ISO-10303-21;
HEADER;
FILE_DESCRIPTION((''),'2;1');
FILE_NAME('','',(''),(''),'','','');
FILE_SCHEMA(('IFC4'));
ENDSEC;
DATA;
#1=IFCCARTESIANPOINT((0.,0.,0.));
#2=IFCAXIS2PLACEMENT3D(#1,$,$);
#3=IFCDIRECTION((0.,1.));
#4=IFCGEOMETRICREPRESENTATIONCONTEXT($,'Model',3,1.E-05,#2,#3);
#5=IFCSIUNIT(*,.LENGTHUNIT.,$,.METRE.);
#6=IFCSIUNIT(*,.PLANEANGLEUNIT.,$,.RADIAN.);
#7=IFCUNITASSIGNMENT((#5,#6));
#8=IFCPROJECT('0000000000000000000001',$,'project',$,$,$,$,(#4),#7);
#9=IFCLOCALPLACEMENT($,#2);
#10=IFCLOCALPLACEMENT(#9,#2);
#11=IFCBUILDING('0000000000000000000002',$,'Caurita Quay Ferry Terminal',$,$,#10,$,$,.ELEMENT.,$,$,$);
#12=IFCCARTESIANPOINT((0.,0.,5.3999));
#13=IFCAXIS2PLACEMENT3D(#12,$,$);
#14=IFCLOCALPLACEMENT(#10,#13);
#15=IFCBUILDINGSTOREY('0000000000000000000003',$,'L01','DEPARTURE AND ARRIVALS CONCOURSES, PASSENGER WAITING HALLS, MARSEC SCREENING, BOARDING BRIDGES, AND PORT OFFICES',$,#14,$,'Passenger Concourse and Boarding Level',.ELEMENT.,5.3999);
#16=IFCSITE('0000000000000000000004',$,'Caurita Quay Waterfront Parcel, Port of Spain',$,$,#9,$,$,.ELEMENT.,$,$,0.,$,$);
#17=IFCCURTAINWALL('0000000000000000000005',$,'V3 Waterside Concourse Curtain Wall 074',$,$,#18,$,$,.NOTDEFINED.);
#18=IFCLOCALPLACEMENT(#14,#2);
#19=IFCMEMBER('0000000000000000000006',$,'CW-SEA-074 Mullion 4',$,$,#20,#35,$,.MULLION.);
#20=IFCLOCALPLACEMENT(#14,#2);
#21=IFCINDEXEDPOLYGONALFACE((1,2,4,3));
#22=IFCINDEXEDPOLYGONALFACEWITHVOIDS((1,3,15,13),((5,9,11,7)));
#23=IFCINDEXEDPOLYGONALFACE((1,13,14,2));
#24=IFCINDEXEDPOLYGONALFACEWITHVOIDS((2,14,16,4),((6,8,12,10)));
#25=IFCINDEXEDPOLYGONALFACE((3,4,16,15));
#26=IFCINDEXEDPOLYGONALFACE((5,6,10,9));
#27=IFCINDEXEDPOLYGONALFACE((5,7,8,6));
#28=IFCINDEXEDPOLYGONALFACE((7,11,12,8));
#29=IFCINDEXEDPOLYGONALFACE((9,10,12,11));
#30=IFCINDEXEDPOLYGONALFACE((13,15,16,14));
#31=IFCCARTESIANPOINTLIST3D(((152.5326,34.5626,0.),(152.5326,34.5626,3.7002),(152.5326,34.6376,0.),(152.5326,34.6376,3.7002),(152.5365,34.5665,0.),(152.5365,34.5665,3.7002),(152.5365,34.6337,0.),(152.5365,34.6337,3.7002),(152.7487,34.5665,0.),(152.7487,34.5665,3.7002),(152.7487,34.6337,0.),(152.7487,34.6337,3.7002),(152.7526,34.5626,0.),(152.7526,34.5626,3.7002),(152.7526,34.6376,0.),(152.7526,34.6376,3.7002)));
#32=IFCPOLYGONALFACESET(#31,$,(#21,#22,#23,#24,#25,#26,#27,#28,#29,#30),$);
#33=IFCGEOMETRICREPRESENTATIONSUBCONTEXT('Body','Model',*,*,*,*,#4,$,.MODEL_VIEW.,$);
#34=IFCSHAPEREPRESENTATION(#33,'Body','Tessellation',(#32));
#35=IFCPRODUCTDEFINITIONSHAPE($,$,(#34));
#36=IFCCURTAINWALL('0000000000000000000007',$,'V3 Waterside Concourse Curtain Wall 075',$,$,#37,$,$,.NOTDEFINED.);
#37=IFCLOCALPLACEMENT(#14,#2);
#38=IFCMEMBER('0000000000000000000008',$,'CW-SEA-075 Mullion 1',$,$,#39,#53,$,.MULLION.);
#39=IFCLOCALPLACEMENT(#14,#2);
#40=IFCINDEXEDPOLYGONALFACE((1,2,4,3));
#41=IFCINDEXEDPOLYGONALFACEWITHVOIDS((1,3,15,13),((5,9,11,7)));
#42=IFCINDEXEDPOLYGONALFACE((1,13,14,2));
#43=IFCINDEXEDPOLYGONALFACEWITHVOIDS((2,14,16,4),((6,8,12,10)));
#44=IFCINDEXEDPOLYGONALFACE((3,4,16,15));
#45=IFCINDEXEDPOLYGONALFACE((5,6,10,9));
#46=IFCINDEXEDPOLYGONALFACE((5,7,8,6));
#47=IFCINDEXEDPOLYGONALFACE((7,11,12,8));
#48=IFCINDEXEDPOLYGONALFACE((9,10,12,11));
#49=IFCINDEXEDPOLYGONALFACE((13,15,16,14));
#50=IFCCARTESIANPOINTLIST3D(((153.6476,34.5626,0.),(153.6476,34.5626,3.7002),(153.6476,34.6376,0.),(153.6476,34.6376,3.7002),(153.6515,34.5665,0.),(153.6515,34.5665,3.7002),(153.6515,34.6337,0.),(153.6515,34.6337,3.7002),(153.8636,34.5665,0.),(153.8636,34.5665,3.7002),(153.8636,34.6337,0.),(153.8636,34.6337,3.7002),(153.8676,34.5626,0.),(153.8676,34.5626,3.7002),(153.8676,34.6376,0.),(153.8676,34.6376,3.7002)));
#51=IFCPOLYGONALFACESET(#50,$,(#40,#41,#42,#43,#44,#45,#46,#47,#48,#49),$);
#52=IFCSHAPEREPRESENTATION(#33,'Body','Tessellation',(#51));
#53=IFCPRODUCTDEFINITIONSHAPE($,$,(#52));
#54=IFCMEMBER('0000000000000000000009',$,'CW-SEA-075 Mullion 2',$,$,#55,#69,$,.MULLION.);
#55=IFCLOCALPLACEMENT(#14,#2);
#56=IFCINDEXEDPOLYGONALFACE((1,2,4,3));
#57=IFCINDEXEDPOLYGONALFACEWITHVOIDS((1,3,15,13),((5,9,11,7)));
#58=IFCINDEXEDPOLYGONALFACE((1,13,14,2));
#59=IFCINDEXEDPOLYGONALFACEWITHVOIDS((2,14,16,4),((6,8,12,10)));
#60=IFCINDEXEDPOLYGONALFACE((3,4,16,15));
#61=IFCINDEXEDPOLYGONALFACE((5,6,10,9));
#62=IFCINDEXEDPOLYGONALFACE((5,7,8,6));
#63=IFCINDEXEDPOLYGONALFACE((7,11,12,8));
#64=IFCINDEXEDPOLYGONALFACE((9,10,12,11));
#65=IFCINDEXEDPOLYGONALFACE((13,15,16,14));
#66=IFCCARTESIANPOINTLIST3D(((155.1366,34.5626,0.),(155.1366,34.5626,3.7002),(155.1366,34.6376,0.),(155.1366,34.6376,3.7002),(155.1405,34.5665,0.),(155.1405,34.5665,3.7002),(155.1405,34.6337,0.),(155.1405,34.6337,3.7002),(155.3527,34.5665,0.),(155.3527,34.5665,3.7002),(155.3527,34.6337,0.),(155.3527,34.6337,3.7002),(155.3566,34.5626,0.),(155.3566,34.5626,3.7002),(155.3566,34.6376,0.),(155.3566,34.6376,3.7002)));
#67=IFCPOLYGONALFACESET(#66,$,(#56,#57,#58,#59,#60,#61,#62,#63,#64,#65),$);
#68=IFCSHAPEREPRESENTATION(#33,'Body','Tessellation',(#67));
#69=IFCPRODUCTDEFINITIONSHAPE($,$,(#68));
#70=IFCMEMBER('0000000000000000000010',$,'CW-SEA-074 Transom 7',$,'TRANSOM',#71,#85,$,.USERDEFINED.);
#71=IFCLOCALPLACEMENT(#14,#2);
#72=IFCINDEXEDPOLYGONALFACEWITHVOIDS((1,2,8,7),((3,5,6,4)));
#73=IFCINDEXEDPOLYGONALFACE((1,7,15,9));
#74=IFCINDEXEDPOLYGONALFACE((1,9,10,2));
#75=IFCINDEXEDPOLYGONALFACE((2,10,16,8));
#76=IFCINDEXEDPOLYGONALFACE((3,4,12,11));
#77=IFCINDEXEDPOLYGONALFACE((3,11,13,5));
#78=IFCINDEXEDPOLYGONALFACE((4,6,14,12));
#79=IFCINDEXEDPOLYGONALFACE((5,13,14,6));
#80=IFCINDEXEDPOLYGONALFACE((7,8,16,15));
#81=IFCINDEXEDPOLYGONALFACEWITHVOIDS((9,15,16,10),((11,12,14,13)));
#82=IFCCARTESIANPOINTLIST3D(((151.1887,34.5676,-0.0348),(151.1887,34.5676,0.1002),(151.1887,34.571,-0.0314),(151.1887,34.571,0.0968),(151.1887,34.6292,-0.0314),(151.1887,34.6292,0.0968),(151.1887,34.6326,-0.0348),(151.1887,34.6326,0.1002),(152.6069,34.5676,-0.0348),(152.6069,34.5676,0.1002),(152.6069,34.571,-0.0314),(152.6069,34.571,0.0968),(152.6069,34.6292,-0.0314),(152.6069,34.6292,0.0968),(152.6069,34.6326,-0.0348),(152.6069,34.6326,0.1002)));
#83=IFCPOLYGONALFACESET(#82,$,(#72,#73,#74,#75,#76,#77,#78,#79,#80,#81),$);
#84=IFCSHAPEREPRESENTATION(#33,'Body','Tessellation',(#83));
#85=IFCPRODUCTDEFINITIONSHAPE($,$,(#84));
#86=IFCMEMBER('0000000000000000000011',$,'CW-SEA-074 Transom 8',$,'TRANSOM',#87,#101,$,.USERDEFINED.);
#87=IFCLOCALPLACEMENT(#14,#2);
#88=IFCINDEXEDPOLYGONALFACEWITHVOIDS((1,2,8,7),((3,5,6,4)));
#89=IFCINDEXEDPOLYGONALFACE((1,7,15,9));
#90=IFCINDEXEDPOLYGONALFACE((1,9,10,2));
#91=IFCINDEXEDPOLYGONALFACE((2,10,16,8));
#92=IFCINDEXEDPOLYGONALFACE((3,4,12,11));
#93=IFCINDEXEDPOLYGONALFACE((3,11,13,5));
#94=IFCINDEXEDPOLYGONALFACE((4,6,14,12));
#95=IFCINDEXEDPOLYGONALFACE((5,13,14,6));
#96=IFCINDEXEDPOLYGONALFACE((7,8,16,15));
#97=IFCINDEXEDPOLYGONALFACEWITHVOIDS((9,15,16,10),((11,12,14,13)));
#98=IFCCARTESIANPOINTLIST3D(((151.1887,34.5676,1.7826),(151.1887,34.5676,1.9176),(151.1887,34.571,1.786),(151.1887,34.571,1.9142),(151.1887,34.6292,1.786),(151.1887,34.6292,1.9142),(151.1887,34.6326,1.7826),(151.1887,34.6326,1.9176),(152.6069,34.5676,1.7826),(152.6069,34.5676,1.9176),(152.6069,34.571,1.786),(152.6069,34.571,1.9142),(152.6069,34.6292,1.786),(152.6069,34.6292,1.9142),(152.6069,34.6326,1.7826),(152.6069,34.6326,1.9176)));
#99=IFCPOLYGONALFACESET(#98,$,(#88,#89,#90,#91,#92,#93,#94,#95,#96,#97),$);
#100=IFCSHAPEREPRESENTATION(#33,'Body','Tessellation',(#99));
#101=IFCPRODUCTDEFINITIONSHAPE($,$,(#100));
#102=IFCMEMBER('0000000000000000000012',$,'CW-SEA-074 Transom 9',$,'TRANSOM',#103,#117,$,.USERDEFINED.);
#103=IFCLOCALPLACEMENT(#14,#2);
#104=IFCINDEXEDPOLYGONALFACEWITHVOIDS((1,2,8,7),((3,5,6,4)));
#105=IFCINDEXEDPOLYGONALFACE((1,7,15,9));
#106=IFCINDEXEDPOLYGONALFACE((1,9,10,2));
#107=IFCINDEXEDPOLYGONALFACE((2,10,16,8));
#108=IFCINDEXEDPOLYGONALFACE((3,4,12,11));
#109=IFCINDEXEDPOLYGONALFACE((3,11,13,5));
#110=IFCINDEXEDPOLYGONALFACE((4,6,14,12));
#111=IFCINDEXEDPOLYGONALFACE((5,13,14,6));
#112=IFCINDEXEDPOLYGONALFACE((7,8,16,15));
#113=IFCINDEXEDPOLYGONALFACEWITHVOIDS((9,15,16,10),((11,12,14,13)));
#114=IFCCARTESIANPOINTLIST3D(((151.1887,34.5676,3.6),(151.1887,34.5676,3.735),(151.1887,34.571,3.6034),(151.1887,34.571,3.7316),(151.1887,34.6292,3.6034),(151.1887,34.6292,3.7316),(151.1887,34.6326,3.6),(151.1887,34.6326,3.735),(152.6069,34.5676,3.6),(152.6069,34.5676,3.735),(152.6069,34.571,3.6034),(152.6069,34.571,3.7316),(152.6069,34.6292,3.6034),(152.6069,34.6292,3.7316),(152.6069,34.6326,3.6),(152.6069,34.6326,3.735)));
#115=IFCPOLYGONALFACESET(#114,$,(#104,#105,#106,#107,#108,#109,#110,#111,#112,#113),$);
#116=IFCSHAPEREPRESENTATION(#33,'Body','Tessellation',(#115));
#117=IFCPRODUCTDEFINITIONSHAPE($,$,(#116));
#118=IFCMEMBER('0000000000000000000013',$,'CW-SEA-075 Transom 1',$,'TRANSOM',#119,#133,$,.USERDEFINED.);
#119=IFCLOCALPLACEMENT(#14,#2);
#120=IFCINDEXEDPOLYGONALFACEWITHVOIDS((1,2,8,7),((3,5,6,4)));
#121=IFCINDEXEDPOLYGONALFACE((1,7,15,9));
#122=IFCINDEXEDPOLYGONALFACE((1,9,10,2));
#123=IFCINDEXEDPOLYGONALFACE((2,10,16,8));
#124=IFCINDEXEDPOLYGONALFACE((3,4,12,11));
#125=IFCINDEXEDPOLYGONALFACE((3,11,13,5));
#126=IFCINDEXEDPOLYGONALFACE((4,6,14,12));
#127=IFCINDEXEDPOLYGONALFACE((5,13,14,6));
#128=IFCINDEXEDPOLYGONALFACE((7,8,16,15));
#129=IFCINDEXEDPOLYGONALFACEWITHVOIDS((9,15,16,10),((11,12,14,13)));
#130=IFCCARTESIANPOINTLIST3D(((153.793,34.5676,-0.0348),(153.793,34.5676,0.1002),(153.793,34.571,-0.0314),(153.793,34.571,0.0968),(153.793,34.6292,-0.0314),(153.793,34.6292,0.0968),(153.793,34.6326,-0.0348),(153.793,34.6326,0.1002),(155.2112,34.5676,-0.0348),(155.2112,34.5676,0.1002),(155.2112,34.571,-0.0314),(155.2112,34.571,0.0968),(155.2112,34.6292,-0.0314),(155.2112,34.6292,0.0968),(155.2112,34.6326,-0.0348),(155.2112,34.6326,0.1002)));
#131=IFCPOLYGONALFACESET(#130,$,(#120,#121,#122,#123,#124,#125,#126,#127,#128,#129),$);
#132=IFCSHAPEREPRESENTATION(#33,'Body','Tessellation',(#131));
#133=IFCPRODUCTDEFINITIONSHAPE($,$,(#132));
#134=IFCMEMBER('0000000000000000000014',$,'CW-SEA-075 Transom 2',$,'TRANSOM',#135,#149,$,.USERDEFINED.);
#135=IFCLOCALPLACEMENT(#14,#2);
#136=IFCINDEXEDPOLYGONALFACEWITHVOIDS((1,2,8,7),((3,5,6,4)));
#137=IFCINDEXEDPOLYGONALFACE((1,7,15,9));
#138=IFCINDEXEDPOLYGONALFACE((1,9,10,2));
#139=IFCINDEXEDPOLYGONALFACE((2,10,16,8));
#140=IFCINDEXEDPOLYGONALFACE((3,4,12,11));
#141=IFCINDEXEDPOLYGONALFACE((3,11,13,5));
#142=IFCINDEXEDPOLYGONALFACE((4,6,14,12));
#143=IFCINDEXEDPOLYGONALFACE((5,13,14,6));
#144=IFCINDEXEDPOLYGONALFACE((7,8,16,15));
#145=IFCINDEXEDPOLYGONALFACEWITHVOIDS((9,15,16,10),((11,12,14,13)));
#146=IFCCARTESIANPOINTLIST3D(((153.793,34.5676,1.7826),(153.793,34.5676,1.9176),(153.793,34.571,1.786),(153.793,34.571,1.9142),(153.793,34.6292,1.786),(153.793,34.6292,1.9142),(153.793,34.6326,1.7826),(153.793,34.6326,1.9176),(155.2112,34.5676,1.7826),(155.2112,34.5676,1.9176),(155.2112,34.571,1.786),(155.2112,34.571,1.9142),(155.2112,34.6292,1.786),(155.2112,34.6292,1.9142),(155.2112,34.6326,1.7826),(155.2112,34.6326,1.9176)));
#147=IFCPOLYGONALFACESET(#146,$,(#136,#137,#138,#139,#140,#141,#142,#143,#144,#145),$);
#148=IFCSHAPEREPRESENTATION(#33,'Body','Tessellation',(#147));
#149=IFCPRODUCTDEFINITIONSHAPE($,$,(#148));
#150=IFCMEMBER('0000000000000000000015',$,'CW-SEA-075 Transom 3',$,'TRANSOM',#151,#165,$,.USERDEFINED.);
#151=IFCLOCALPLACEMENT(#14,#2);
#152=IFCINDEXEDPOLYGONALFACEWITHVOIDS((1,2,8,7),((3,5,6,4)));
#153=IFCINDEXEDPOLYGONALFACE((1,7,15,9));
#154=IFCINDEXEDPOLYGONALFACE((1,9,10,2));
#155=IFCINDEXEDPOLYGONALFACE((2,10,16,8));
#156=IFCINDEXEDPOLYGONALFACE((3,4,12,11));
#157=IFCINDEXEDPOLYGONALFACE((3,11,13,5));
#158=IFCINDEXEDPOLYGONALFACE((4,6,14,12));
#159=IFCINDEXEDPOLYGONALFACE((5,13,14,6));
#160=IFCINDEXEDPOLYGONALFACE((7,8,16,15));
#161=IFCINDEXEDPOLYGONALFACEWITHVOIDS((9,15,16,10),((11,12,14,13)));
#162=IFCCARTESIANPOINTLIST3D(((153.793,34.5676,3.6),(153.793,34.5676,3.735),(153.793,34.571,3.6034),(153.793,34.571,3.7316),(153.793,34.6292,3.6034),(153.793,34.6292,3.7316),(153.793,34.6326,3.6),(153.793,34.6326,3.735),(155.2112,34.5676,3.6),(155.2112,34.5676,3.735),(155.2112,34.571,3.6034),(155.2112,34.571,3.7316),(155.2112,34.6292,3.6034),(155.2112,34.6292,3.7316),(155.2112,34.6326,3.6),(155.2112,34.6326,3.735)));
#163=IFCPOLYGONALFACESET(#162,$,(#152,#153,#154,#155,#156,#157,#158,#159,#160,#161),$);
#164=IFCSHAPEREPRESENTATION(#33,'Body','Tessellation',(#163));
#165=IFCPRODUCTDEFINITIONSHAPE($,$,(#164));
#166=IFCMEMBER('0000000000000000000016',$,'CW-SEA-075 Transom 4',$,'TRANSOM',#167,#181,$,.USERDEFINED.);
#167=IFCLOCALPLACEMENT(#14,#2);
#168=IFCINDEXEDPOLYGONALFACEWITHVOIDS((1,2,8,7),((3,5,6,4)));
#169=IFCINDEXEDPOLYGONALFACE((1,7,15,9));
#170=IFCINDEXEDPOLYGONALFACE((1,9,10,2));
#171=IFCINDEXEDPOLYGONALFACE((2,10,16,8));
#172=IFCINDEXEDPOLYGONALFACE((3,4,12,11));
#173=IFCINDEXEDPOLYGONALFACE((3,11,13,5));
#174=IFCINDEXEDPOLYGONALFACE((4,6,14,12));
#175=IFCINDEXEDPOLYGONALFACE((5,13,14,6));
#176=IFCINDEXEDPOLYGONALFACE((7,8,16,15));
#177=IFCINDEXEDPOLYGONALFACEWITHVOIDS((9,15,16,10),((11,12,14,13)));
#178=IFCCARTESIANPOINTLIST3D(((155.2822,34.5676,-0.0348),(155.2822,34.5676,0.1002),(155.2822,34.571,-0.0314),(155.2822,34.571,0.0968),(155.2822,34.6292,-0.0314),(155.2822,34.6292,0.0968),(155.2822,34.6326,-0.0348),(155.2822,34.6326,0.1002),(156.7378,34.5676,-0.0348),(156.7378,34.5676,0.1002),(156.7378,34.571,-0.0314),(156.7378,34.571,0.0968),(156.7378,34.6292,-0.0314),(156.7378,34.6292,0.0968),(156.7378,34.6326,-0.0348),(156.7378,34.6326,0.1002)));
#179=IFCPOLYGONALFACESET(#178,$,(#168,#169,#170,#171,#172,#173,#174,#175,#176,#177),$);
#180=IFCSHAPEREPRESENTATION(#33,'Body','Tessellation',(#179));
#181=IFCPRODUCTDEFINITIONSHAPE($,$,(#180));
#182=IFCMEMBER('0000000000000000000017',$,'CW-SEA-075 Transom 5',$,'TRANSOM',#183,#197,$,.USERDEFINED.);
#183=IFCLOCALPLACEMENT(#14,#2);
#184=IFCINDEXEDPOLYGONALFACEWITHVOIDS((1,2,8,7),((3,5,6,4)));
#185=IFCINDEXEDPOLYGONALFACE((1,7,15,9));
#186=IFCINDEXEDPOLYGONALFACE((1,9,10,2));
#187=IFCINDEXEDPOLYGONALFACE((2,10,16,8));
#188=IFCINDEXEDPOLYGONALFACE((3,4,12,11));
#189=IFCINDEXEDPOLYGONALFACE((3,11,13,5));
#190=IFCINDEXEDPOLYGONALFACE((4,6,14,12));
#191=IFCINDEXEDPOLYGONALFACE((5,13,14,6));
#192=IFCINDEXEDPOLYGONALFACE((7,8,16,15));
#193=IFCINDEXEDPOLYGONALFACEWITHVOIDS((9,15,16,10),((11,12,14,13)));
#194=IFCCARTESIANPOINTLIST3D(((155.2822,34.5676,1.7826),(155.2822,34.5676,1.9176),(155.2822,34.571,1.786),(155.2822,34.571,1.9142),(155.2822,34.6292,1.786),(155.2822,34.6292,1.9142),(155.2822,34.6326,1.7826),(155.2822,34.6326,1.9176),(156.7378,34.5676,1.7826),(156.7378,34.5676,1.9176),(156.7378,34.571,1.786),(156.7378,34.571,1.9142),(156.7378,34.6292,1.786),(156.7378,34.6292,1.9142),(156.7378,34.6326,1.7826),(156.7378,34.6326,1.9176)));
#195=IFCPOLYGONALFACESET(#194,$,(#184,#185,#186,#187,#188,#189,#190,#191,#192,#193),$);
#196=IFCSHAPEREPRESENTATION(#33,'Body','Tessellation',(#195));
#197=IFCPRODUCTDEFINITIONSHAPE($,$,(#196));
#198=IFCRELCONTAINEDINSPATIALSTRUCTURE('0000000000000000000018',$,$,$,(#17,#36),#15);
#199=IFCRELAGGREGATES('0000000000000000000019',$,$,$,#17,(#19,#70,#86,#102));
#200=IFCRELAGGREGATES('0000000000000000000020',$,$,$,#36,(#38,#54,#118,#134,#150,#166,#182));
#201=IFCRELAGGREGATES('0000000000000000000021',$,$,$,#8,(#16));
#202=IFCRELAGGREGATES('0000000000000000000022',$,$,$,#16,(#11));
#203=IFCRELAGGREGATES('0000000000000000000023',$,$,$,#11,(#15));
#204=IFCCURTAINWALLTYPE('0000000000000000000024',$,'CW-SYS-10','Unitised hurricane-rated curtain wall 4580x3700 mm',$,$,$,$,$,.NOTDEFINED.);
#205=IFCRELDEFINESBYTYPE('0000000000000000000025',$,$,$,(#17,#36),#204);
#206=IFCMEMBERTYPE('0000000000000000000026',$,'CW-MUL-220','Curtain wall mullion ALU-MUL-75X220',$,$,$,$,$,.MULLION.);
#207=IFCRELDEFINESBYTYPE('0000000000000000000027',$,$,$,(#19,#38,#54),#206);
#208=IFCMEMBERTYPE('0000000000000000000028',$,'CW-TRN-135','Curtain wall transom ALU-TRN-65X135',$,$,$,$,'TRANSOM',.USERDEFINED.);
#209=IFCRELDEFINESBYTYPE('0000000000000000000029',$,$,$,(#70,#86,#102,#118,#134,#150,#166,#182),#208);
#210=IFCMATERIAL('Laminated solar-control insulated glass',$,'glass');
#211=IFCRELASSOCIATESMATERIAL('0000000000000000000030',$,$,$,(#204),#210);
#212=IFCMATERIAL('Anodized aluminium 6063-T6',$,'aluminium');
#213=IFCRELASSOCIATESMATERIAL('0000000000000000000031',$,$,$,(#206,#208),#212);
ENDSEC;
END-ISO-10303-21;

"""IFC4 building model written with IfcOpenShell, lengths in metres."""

from ifc_helpers import new_model, si_unit, direction, frame, origin, origin_2d, place, context, subcontext, project, spatial, hollow_rectangle, extrude, material, material_profile, profile_set, type_object, element, aggregate, save


model = new_model("IFC4")

# Units and contexts
model_context = context("Model", 3, precision=1e-05, world=origin(), true_north=direction((0.0, 1.0)))
body_context = subcontext(model_context, "Body", "Model", "MODEL_VIEW")
ifc_project = project(units=[si_unit("LENGTHUNIT", "METRE"), si_unit("PLANEANGLEUNIT", "RADIAN")], contexts=[model_context])

# Site, building, storey
site_placement = place(None, origin())
site = spatial("IfcSite", under=ifc_project, at=site_placement, Name="Caurita Quay Waterfront Parcel, Port of Spain", CompositionType="ELEMENT", RefElevation=0.0)
building_placement = place(site_placement, origin())
building = spatial("IfcBuilding", under=site, at=building_placement, Name="Caurita Quay Ferry Terminal", CompositionType="ELEMENT")
storey_placement = place(building_placement, frame((0.0, 0.0, 5.3999)))
storey = spatial("IfcBuildingStorey", under=building, at=storey_placement, Name="L01", Description="DEPARTURE AND ARRIVALS CONCOURSES, PASSENGER WAITING HALLS, MARSEC SCREENING, BOARDING BRIDGES, AND PORT OFFICES", LongName="Passenger Concourse and Boarding Level", CompositionType="ELEMENT", Elevation=5.3999)

# Curtain wall, member
ifc_material_1 = material(Name="Laminated solar-control insulated glass", Category="glass")
curtain_wall_type = type_object("IfcCurtainWallType", Name="CW-SYS-10", Description="Unitised hurricane-rated curtain wall 4580x3700 mm", PredefinedType="NOTDEFINED", material=ifc_material_1)
curtain_wall_1_placement = place(storey_placement, origin())
curtain_wall_1 = element("IfcCurtainWall", 1, at=curtain_wall_1_placement, inside=storey, type_object=curtain_wall_type, Name="V3 Waterside Concourse Curtain Wall 074", PredefinedType="NOTDEFINED")
ifc_material_2 = material(Name="Anodized aluminium 6063-T6", Category="aluminium")
ifc_material_profile_1 = material_profile(ifc_material_2, hollow_rectangle(XDim=0.075, YDim=0.22, WallThickness=0.0039, at=origin_2d()), Name="ALU-MUL-75X220")
ifc_profile_set_1 = profile_set([ifc_material_profile_1], Name="Anodized aluminium 6063-T6")
member_type_1 = type_object("IfcMemberType", Name="CW-MUL-220", Description="Curtain wall mullion ALU-MUL-75X220", PredefinedType="MULLION", material=ifc_profile_set_1)
member_1_placement = place(storey_placement, frame((152.6426, 34.6001, 0.0), z_axis=(0.0, 0.0, 1.0), x_axis=(0.0, 1.0, 0.0)))
member_1 = element("IfcMember", 2, at=member_1_placement, type_object=member_type_1, Name="CW-SEA-074 Mullion 4", PredefinedType="MULLION", context=body_context, shape_type="SweptSolid", body=[
    extrude(hollow_rectangle(XDim=0.075, YDim=0.22, WallThickness=0.0039, at=origin_2d()), origin(), (0.0, 0.0, 1.0), 3.7002),
])

# Curtain wall, members
curtain_wall_2_placement = place(storey_placement, origin())
curtain_wall_2 = element("IfcCurtainWall", 3, at=curtain_wall_2_placement, inside=storey, type_object=curtain_wall_type, Name="V3 Waterside Concourse Curtain Wall 075", PredefinedType="NOTDEFINED")
member_2_placement = place(storey_placement, frame((153.7576, 34.6001, 0.0), z_axis=(0.0, 0.0, 1.0), x_axis=(0.0, 1.0, 0.0)))
member_2 = element("IfcMember", 4, at=member_2_placement, type_object=member_type_1, Name="CW-SEA-075 Mullion 1", PredefinedType="MULLION", context=body_context, shape_type="SweptSolid", body=[
    extrude(hollow_rectangle(XDim=0.075, YDim=0.22, WallThickness=0.0039, at=origin_2d()), origin(), (0.0, 0.0, 1.0), 3.7002),
])
member_3_placement = place(storey_placement, frame((155.2466, 34.6001, 0.0), z_axis=(0.0, 0.0, 1.0), x_axis=(0.0, 1.0, 0.0)))
member_3 = element("IfcMember", 5, at=member_3_placement, type_object=member_type_1, Name="CW-SEA-075 Mullion 2", PredefinedType="MULLION", context=body_context, shape_type="SweptSolid", body=[
    extrude(hollow_rectangle(XDim=0.075, YDim=0.22, WallThickness=0.0039, at=origin_2d()), origin(), (0.0, 0.0, 1.0), 3.7002),
])

# Members
ifc_material_profile_2 = material_profile(ifc_material_2, hollow_rectangle(XDim=0.0649, YDim=0.135, WallThickness=0.0034, at=origin_2d()), Name="ALU-TRN-65X135")
ifc_profile_set_2 = profile_set([ifc_material_profile_2], Name="Anodized aluminium 6063-T6")
member_type_2 = type_object("IfcMemberType", Name="CW-TRN-135", Description="Curtain wall transom ALU-TRN-65X135", ElementType="TRANSOM", PredefinedType="USERDEFINED", material=ifc_profile_set_2)
member_4_placement = place(storey_placement, frame((151.1887, 34.6001, 0.0327), z_axis=(1.0, 0.0, 0.0), x_axis=(0.0, 1.0, 0.0)))
member_4 = element("IfcMember", 6, at=member_4_placement, type_object=member_type_2, Name="CW-SEA-074 Transom 7", ObjectType="TRANSOM", PredefinedType="USERDEFINED", context=body_context, shape_type="SweptSolid", body=[
    extrude(hollow_rectangle(XDim=0.0649, YDim=0.135, WallThickness=0.0034, at=origin_2d()), origin(), (0.0, 0.0, 1.0), 1.4182),
])
member_5_placement = place(storey_placement, frame((151.1887, 34.6001, 1.8501), z_axis=(1.0, 0.0, 0.0), x_axis=(0.0, 1.0, 0.0)))
member_5 = element("IfcMember", 7, at=member_5_placement, type_object=member_type_2, Name="CW-SEA-074 Transom 8", ObjectType="TRANSOM", PredefinedType="USERDEFINED", context=body_context, shape_type="SweptSolid", body=[
    extrude(hollow_rectangle(XDim=0.0649, YDim=0.135, WallThickness=0.0034, at=origin_2d()), origin(), (0.0, 0.0, 1.0), 1.4182),
])
member_6_placement = place(storey_placement, frame((151.1887, 34.6001, 3.6675), z_axis=(1.0, 0.0, 0.0), x_axis=(0.0, 1.0, 0.0)))
member_6 = element("IfcMember", 8, at=member_6_placement, type_object=member_type_2, Name="CW-SEA-074 Transom 9", ObjectType="TRANSOM", PredefinedType="USERDEFINED", context=body_context, shape_type="SweptSolid", body=[
    extrude(hollow_rectangle(XDim=0.0649, YDim=0.135, WallThickness=0.0034, at=origin_2d()), origin(), (0.0, 0.0, 1.0), 1.4182),
])
member_7_placement = place(storey_placement, frame((153.793, 34.6001, 0.0327), z_axis=(1.0, 0.0, 0.0), x_axis=(0.0, 1.0, 0.0)))
member_7 = element("IfcMember", 9, at=member_7_placement, type_object=member_type_2, Name="CW-SEA-075 Transom 1", ObjectType="TRANSOM", PredefinedType="USERDEFINED", context=body_context, shape_type="SweptSolid", body=[
    extrude(hollow_rectangle(XDim=0.0649, YDim=0.135, WallThickness=0.0034, at=origin_2d()), origin(), (0.0, 0.0, 1.0), 1.4182),
])
member_8_placement = place(storey_placement, frame((153.793, 34.6001, 1.8501), z_axis=(1.0, 0.0, 0.0), x_axis=(0.0, 1.0, 0.0)))
member_8 = element("IfcMember", 10, at=member_8_placement, type_object=member_type_2, Name="CW-SEA-075 Transom 2", ObjectType="TRANSOM", PredefinedType="USERDEFINED", context=body_context, shape_type="SweptSolid", body=[
    extrude(hollow_rectangle(XDim=0.0649, YDim=0.135, WallThickness=0.0034, at=origin_2d()), origin(), (0.0, 0.0, 1.0), 1.4182),
])
member_9_placement = place(storey_placement, frame((153.793, 34.6001, 3.6675), z_axis=(1.0, 0.0, 0.0), x_axis=(0.0, 1.0, 0.0)))
member_9 = element("IfcMember", 11, at=member_9_placement, type_object=member_type_2, Name="CW-SEA-075 Transom 3", ObjectType="TRANSOM", PredefinedType="USERDEFINED", context=body_context, shape_type="SweptSolid", body=[
    extrude(hollow_rectangle(XDim=0.0649, YDim=0.135, WallThickness=0.0034, at=origin_2d()), origin(), (0.0, 0.0, 1.0), 1.4182),
])
member_10_placement = place(storey_placement, frame((155.2822, 34.6001, 0.0327), z_axis=(1.0, 0.0, 0.0), x_axis=(0.0, 1.0, 0.0)))
member_10 = element("IfcMember", 12, at=member_10_placement, type_object=member_type_2, Name="CW-SEA-075 Transom 4", ObjectType="TRANSOM", PredefinedType="USERDEFINED", context=body_context, shape_type="SweptSolid", body=[
    extrude(hollow_rectangle(XDim=0.0649, YDim=0.135, WallThickness=0.0034, at=origin_2d()), origin(), (0.0, 0.0, 1.0), 1.4556),
])
member_11_placement = place(storey_placement, frame((155.2822, 34.6001, 1.8501), z_axis=(1.0, 0.0, 0.0), x_axis=(0.0, 1.0, 0.0)))
member_11 = element("IfcMember", 13, at=member_11_placement, type_object=member_type_2, Name="CW-SEA-075 Transom 5", ObjectType="TRANSOM", PredefinedType="USERDEFINED", context=body_context, shape_type="SweptSolid", body=[
    extrude(hollow_rectangle(XDim=0.0649, YDim=0.135, WallThickness=0.0034, at=origin_2d()), origin(), (0.0, 0.0, 1.0), 1.4556),
])

aggregate(curtain_wall_1, [member_1, member_4, member_5, member_6])
aggregate(curtain_wall_2, [member_2, member_3, member_7, member_8, member_9, member_10, member_11])

save(model, "model.ifc")
